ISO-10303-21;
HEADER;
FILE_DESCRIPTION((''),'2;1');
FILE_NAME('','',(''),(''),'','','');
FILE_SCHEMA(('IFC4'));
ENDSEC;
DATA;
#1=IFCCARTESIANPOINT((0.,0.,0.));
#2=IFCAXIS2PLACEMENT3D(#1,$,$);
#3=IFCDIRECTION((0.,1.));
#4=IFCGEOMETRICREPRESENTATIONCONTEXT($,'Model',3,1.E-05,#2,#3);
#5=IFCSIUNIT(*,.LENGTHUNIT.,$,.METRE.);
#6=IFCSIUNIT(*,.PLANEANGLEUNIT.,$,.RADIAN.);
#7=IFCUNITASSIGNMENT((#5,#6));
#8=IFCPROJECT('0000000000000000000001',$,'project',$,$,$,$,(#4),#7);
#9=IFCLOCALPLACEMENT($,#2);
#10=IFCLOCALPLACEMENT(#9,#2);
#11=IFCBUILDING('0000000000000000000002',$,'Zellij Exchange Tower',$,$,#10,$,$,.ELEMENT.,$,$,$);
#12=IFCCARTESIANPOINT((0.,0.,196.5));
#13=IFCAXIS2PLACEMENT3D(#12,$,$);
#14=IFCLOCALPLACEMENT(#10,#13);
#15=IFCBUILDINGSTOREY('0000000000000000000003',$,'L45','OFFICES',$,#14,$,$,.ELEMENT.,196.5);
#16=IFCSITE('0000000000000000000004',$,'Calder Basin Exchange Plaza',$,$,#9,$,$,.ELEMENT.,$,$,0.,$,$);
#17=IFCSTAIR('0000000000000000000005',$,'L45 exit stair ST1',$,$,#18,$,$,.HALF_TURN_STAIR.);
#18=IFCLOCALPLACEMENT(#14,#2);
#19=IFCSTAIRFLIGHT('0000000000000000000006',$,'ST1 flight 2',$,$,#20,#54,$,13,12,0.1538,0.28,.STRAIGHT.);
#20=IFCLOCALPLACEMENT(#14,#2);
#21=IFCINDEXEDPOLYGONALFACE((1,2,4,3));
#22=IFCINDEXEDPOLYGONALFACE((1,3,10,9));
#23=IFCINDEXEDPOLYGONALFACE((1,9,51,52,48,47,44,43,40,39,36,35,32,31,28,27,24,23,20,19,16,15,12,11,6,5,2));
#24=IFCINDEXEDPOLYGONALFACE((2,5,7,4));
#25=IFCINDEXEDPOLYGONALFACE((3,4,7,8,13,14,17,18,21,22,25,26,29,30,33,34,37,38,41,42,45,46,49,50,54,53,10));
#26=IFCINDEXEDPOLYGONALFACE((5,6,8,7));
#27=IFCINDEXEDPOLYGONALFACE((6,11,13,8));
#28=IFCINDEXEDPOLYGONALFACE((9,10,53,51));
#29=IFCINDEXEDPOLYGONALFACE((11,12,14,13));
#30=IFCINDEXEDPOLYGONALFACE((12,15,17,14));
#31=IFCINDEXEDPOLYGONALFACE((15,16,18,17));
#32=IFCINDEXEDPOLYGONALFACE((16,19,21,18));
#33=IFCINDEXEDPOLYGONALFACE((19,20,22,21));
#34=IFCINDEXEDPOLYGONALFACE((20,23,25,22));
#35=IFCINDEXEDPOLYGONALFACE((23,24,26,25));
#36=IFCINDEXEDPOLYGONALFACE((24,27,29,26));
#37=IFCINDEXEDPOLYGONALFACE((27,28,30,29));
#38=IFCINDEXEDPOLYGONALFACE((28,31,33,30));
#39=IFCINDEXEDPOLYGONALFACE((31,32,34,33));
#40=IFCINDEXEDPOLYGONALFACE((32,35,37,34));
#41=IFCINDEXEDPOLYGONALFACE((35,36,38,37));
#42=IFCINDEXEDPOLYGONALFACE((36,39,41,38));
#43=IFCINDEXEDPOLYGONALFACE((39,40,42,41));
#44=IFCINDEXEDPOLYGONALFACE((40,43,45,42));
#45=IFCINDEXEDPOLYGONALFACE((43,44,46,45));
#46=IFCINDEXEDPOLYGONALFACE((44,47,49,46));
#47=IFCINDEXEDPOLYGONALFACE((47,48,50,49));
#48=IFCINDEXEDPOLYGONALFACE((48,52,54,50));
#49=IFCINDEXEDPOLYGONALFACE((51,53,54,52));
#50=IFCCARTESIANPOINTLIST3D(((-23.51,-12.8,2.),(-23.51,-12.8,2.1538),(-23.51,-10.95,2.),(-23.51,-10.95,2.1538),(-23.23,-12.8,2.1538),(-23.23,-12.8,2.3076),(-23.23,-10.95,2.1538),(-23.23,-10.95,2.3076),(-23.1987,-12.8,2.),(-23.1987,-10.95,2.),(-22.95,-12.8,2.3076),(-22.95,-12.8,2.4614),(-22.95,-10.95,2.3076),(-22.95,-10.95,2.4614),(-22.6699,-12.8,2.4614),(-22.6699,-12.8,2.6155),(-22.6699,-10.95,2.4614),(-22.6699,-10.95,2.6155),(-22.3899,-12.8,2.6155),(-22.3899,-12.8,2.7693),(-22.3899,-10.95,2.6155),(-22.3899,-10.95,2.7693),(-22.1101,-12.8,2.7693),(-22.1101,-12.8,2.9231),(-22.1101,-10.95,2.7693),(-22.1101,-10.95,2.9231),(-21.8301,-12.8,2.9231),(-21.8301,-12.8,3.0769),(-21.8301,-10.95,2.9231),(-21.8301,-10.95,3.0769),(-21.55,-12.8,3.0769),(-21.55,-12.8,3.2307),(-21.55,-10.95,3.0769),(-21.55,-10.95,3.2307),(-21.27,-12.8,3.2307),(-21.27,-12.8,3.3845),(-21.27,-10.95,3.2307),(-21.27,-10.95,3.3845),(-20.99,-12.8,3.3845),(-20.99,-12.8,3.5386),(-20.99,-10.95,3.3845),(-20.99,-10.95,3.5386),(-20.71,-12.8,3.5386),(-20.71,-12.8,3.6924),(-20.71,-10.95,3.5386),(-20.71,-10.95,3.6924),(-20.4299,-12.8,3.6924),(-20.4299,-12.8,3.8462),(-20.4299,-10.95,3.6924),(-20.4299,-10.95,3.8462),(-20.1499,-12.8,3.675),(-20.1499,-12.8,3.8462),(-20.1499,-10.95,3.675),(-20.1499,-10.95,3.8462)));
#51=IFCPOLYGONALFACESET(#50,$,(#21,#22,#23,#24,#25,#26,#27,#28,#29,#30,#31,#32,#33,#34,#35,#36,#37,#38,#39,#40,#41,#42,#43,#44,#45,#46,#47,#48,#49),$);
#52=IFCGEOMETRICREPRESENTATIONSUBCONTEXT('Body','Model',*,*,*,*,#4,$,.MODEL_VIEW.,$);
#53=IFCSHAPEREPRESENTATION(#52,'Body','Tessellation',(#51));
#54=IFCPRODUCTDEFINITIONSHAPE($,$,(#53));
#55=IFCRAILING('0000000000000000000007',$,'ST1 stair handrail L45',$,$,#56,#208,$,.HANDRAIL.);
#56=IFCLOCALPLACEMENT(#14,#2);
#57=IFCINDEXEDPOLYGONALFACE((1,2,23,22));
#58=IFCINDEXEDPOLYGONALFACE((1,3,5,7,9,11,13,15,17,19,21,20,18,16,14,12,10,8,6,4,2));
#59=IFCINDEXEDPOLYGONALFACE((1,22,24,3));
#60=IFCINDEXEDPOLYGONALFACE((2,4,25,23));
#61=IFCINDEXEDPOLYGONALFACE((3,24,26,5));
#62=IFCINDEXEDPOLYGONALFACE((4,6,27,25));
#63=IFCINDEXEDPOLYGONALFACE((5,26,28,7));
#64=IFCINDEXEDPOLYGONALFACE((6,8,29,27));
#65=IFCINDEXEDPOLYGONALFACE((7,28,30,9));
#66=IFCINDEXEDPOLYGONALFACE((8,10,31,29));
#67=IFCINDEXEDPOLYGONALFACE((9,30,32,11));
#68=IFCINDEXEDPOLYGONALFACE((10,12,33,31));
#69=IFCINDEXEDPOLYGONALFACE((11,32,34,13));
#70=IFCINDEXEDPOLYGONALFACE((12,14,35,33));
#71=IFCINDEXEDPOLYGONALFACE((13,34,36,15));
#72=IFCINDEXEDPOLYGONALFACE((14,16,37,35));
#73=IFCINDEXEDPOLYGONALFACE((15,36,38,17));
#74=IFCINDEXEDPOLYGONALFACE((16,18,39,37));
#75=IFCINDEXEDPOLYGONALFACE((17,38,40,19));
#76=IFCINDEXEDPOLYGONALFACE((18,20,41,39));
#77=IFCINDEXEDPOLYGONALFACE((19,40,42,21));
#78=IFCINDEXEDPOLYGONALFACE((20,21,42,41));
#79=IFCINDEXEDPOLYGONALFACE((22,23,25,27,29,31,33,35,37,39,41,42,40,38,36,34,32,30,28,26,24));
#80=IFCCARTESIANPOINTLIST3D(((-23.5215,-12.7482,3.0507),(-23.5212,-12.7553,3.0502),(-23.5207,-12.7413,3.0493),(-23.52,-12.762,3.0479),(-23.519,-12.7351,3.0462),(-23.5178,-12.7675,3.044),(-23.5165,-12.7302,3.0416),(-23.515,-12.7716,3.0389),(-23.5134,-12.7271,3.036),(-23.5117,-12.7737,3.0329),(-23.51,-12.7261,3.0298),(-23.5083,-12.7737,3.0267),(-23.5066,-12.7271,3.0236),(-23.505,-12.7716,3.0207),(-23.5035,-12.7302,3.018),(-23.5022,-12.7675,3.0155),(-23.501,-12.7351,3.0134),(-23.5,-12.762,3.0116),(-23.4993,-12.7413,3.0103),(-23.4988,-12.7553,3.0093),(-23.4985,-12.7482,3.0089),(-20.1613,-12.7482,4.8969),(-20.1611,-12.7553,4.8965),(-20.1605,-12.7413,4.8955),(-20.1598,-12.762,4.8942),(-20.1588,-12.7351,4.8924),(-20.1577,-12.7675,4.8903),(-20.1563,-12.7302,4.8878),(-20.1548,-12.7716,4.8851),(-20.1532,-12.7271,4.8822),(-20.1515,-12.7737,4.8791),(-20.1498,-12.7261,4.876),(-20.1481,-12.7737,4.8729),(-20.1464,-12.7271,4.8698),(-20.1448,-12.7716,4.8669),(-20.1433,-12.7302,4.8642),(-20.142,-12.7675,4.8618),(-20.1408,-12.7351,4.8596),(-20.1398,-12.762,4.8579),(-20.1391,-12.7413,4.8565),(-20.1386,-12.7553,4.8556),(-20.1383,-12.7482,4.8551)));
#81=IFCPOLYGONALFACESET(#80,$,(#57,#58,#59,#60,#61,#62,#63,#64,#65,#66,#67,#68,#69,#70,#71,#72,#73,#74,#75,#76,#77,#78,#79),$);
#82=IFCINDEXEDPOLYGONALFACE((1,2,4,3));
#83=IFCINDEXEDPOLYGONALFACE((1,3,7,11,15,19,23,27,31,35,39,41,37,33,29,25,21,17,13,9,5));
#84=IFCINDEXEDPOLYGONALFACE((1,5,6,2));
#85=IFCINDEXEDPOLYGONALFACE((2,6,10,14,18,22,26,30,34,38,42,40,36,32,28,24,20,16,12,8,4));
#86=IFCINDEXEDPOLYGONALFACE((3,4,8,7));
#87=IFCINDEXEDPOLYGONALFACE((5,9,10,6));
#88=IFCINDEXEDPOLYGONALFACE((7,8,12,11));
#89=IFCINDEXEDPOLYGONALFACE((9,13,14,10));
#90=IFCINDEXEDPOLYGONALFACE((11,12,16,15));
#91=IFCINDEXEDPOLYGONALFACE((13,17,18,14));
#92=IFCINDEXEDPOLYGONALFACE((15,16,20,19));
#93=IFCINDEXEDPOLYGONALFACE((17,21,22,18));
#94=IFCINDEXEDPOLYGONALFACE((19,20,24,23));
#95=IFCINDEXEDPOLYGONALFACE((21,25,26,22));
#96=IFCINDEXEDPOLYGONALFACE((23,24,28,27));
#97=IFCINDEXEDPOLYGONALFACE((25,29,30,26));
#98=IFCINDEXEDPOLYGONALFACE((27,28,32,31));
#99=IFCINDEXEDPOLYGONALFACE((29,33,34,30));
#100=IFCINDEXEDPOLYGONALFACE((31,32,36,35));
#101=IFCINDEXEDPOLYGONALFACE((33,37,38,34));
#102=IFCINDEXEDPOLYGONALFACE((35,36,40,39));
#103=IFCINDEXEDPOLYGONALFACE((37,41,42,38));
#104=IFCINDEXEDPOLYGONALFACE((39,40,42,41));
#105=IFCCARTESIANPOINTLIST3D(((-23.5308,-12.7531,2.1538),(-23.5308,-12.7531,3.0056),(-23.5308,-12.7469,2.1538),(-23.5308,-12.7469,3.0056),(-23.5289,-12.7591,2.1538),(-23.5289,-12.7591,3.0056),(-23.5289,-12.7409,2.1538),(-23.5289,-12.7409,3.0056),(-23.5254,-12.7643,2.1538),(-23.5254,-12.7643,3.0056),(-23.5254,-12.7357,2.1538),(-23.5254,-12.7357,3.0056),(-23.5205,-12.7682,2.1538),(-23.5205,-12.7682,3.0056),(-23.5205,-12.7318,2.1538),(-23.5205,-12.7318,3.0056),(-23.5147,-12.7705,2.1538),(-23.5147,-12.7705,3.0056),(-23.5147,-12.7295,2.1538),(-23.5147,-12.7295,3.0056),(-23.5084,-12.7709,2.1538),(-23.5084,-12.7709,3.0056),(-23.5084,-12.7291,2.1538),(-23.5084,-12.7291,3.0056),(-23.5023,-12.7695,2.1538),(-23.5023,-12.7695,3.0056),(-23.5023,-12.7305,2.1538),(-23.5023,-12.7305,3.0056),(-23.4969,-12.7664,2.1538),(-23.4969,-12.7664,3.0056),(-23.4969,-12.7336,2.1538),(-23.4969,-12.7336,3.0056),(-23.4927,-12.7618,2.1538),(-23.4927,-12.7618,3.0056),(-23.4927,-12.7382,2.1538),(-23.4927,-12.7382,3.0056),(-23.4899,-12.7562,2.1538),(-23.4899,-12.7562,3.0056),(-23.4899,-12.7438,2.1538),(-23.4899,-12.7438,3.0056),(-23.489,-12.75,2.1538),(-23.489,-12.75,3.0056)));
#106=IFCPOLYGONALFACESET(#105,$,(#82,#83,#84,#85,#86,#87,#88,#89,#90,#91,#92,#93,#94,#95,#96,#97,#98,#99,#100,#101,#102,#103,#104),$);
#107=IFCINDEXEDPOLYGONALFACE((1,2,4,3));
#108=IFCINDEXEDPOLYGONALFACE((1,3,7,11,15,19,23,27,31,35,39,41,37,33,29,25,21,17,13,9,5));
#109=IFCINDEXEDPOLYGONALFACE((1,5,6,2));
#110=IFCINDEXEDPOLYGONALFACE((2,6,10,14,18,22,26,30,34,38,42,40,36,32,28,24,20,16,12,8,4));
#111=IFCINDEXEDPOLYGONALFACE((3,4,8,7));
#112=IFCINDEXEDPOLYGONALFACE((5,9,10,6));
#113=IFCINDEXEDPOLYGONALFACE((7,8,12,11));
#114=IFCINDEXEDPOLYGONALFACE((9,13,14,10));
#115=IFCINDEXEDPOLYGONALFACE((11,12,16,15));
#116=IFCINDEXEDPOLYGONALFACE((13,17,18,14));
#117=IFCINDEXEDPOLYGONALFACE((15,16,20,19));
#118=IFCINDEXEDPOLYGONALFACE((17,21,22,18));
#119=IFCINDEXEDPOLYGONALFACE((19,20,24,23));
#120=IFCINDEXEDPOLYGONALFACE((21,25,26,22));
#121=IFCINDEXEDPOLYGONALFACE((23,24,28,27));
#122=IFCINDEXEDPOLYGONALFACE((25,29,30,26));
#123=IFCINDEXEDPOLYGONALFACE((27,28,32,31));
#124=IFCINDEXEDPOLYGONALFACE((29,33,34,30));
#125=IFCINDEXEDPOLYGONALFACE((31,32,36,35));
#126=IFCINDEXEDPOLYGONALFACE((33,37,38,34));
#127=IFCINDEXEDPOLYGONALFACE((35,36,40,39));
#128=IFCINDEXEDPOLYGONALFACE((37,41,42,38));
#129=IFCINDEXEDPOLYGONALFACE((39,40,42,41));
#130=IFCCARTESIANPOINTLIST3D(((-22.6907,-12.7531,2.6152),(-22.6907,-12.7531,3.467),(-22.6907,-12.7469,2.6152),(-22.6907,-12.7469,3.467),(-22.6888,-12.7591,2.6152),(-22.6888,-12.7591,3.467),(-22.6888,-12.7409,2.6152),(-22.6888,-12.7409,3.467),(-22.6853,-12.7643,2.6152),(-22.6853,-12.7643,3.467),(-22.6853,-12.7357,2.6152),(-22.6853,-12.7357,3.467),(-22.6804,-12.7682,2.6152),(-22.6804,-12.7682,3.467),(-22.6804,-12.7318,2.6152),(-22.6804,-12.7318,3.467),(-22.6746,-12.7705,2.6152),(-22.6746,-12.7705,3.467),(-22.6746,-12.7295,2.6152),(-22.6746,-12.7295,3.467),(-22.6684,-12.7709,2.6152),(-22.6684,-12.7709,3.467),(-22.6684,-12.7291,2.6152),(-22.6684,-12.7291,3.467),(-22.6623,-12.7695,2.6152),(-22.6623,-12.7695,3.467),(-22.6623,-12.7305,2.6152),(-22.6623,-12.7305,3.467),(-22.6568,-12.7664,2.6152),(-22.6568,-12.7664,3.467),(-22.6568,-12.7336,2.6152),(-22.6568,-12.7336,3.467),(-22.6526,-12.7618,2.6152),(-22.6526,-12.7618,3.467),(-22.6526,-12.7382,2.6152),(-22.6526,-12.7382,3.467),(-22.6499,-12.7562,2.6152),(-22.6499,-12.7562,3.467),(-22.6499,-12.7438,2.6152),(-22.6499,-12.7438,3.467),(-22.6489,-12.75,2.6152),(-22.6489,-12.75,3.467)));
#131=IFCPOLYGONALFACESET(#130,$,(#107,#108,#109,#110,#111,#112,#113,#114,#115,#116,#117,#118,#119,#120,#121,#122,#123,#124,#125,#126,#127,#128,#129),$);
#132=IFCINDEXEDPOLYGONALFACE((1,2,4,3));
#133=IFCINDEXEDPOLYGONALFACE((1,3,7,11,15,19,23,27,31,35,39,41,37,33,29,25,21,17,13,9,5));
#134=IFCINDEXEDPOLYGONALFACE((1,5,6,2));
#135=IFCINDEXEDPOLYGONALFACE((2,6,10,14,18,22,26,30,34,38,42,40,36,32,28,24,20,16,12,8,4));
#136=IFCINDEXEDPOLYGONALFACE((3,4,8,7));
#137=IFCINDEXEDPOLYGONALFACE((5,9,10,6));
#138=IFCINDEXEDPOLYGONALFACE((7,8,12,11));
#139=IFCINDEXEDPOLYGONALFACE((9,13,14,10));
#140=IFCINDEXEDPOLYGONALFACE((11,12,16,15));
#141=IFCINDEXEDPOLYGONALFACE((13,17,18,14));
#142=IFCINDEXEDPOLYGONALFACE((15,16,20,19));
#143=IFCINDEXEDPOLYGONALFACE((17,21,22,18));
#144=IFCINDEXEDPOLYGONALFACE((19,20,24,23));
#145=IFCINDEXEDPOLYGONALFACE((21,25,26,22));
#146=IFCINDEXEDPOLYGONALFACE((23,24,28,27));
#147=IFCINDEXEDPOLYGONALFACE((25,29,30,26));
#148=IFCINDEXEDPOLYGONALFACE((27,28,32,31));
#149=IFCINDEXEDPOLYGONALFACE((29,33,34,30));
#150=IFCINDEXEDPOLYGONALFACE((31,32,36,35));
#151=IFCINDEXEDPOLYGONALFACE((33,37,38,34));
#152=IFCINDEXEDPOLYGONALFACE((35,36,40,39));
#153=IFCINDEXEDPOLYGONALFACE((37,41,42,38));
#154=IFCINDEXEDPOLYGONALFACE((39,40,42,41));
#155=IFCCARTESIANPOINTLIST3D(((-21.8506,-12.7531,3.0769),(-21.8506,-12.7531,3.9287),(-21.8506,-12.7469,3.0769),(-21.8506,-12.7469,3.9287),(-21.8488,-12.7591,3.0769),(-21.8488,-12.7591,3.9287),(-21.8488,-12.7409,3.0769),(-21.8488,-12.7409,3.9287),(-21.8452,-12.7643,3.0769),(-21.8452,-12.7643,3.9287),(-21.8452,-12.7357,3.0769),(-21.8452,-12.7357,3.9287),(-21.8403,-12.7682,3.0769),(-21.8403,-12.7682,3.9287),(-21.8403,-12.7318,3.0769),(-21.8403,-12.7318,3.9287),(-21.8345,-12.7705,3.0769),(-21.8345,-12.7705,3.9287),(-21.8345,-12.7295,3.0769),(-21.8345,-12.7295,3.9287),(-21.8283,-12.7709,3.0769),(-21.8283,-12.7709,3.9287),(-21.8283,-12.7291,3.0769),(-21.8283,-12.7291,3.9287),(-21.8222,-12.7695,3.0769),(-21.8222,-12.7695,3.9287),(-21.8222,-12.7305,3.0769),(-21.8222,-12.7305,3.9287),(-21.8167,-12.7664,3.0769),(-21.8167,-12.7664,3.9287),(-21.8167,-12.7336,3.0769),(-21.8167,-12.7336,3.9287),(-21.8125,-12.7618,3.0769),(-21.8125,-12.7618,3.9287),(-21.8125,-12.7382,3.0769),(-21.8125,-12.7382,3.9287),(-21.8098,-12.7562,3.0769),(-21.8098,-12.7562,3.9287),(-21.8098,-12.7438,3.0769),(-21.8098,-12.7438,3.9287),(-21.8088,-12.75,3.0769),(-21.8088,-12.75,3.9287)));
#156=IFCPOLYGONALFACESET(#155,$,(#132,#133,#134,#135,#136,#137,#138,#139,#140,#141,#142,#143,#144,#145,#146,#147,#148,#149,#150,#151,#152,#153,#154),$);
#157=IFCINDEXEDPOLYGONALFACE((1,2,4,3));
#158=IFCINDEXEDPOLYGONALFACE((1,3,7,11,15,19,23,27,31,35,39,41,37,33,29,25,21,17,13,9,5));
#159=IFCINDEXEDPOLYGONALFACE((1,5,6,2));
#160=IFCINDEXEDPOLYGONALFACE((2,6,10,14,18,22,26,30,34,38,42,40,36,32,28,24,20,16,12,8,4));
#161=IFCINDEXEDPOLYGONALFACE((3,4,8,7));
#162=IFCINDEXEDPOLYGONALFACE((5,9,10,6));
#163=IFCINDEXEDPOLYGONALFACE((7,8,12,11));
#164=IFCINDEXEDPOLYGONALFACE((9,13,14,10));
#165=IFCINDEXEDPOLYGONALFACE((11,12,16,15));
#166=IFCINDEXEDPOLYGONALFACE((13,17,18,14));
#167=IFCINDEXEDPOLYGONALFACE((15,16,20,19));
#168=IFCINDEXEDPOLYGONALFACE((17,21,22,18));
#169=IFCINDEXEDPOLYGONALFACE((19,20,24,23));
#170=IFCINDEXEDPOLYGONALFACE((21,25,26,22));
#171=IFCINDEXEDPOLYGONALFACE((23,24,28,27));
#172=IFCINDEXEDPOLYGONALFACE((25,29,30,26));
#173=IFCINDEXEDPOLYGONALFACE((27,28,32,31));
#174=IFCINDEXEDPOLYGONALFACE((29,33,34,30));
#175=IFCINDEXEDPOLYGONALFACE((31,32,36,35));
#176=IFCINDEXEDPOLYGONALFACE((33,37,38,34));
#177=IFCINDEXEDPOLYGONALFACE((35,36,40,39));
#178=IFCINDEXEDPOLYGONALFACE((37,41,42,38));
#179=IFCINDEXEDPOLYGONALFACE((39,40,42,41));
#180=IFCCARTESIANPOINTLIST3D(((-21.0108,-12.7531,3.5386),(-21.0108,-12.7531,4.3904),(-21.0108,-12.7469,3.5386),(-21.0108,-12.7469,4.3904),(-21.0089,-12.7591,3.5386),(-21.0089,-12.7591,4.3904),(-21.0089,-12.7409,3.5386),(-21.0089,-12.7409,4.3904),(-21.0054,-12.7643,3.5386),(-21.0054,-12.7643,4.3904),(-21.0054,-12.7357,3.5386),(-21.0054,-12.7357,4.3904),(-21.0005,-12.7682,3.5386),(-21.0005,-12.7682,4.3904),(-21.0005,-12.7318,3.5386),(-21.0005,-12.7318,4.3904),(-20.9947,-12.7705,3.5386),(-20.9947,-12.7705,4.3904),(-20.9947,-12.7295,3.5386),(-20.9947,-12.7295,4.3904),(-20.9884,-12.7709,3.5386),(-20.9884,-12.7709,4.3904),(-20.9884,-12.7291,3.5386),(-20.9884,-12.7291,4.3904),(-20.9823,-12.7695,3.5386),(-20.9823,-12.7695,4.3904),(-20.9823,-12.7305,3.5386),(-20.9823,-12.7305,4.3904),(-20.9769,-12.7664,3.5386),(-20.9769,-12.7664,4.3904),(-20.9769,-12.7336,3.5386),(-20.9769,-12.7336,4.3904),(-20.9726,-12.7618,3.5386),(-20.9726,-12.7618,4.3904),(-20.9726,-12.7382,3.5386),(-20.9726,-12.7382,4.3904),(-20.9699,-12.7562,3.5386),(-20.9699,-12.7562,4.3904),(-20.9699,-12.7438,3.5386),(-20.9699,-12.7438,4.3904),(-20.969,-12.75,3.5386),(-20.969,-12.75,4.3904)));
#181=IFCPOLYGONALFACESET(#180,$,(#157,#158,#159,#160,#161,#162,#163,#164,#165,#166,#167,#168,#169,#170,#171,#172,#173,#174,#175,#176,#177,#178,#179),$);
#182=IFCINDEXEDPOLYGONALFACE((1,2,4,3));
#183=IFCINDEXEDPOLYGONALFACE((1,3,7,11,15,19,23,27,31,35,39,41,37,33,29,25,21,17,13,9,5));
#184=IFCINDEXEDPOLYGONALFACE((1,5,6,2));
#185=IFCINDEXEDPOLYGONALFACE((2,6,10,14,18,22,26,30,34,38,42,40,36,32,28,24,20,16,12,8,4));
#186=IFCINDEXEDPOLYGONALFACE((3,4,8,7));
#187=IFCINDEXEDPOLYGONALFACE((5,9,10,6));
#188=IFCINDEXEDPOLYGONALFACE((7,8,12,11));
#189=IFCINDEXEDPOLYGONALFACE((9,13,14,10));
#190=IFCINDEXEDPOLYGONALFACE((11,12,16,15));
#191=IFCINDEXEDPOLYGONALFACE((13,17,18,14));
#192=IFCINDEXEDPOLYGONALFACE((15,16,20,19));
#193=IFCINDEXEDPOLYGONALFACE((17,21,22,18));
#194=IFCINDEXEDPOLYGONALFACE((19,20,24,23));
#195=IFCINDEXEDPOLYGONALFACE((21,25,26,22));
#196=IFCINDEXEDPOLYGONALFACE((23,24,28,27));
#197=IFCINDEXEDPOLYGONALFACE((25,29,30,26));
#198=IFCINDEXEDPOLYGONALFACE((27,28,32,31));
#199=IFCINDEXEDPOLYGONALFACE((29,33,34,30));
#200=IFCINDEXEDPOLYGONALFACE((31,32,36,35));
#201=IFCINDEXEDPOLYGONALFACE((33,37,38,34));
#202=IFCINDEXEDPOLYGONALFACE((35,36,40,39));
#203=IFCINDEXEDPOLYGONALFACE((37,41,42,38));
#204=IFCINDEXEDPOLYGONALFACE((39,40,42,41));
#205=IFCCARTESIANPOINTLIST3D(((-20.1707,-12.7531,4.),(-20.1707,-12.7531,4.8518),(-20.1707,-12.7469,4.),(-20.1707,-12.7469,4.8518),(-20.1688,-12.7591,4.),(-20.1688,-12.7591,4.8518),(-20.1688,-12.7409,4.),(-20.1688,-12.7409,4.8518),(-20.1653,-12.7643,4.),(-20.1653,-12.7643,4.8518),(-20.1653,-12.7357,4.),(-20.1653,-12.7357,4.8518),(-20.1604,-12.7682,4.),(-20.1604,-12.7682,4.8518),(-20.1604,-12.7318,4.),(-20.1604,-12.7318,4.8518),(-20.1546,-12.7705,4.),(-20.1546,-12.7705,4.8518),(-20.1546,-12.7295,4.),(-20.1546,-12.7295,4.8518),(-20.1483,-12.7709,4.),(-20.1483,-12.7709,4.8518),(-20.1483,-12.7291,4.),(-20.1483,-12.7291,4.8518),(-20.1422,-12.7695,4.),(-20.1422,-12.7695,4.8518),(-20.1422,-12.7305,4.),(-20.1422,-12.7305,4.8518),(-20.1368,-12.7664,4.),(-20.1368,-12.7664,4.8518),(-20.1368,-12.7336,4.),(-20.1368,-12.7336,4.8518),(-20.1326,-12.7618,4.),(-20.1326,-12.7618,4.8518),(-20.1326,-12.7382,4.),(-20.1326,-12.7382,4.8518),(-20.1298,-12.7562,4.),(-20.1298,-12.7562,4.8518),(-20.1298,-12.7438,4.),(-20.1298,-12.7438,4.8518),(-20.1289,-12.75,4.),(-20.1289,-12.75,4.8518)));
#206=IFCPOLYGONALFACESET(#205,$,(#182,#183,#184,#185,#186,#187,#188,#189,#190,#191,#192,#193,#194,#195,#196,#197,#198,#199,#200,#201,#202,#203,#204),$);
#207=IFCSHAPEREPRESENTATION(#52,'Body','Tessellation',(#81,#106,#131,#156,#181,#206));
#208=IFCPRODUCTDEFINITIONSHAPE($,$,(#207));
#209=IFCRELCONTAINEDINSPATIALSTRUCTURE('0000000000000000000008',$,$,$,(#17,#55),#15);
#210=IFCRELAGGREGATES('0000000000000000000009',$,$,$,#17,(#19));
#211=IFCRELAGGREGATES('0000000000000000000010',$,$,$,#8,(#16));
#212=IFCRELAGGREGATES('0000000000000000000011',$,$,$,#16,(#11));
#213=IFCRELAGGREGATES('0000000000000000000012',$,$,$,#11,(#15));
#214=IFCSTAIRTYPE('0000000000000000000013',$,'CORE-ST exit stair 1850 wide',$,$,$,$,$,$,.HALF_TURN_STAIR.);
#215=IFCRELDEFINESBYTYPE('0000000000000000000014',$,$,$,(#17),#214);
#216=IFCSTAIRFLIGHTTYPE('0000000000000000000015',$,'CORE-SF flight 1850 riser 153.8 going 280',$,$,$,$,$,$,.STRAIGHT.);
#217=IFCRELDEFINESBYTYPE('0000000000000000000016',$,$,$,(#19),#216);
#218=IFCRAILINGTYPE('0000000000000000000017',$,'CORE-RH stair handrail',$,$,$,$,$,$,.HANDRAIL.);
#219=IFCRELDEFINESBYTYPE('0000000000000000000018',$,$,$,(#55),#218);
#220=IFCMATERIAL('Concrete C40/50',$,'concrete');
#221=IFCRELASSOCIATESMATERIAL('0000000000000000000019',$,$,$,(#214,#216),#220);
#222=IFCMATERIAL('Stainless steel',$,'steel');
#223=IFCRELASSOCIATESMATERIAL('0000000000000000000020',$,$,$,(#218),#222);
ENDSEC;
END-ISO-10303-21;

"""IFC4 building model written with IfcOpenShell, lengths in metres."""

from ifc_helpers import new_model, si_unit, direction, frame, origin, origin_2d, place, context, subcontext, project, spatial, polyline, circle, outline, extrude, material, type_object, element, aggregate, save


model = new_model("IFC4")

# Units and contexts
model_context = context("Model", 3, precision=1e-05, world=origin(), true_north=direction((0.0, 1.0)))
body_context = subcontext(model_context, "Body", "Model", "MODEL_VIEW")
ifc_project = project(units=[si_unit("LENGTHUNIT", "METRE"), si_unit("PLANEANGLEUNIT", "RADIAN")], contexts=[model_context])

# Site, building, storey
site_placement = place(None, origin())
site = spatial("IfcSite", under=ifc_project, at=site_placement, Name="Calder Basin Exchange Plaza", CompositionType="ELEMENT", RefElevation=0.0)
building_placement = place(site_placement, origin())
building = spatial("IfcBuilding", under=site, at=building_placement, Name="Zellij Exchange Tower", CompositionType="ELEMENT")
storey_placement = place(building_placement, frame((0.0, 0.0, 196.5)))
storey = spatial("IfcBuildingStorey", under=building, at=storey_placement, Name="L45", Description="OFFICES", CompositionType="ELEMENT", Elevation=196.5)

# Stair, stair flight
ifc_material_1 = material(Name="Concrete C40/50", Category="concrete")
stair_type = type_object("IfcStairType", Name="CORE-ST exit stair 1850 wide", PredefinedType="HALF_TURN_STAIR", material=ifc_material_1)
stair_placement = place(storey_placement, origin())
stair = element("IfcStair", 1, at=stair_placement, inside=storey, type_object=stair_type, Name="L45 exit stair ST1", PredefinedType="HALF_TURN_STAIR")
stair_flight_type = type_object("IfcStairFlightType", Name="CORE-SF flight 1850 riser 153.8 going 280", PredefinedType="STRAIGHT", material=ifc_material_1)
stair_flight_1_placement = place(storey_placement, frame((-23.51, -11.875, 2.0), z_axis=(0.0, 0.0, 1.0), x_axis=(1.0, 0.0, 0.0)))
stair_flight_1 = element("IfcStairFlight", 2, at=stair_flight_1_placement, type_object=stair_flight_type, Name="ST1 flight 2", NumberOfRisers=13, NumberOfTreads=12, PredefinedType="STRAIGHT", RiserHeight=0.1538, TreadLength=0.28, context=body_context, shape_type="SweptSolid", body=[
    extrude(outline(polyline([(0.0, 0.0), (0.0, 0.1538), (0.28, 0.1538), (0.28, 0.3076), (0.5601, 0.3076), (0.5601, 0.4614), (0.8401, 0.4614), (0.8401, 0.6155), (1.1201, 0.6155), (1.1201, 0.7693), (1.3999, 0.7693), (1.3999, 0.9231), (1.6799, 0.9231), (1.6799, 1.0769), (1.96, 1.0769), (1.96, 1.2307), (2.24, 1.2307), (2.24, 1.3845), (2.52, 1.3845), (2.52, 1.5386), (2.8, 1.5386), (2.8, 1.6924), (3.0801, 1.6924), (3.0801, 1.8462), (3.3601, 1.8462), (3.3601, 2.0), (3.3601, 1.675), (0.3113, 0.0), (0.0, 0.0)])), frame((0.0, 0.925, 0.0), z_axis=(0.0, -1.0, 0.0), x_axis=(1.0, 0.0, 0.0)), (0.0, 0.0, 1.0), 1.8501),
])
aggregate(stair, [stair_flight_1])

# Railing
ifc_material_2 = material(Name="Stainless steel", Category="steel")
railing_type_1 = type_object("IfcRailingType", Name="CORE-RH stair handrail", PredefinedType="HANDRAIL", material=ifc_material_2)
railing_1_placement = place(storey_placement, frame((-23.51, -12.75, 2.1538)))
element("IfcRailing", 3, at=railing_1_placement, inside=storey, type_object=railing_type_1, Name="ST1 stair handrail L45", PredefinedType="HANDRAIL", context=body_context, shape_type="SweptSolid", body=[
    extrude(circle(Radius=0.0239, at=origin_2d()), frame((0.0, 0.0, 0.876), z_axis=(0.876422, 0.0, 0.481545), x_axis=(0.0, 1.0, 0.0)), (0.0, 0.0, 1.0), 3.834),
    extrude(circle(Radius=0.021, at=origin_2d()), origin(), (0.0, 0.0, 1.0), 0.8518),
    extrude(circle(Radius=0.021, at=origin_2d()), frame((0.8401, 0.0, 0.4614)), (0.0, 0.0, 1.0), 0.8518),
    extrude(circle(Radius=0.021, at=origin_2d()), frame((1.6802, 0.0, 0.9231)), (0.0, 0.0, 1.0), 0.8518),
    extrude(circle(Radius=0.021, at=origin_2d()), frame((2.52, 0.0, 1.3848)), (0.0, 0.0, 1.0), 0.8518),
    extrude(circle(Radius=0.021, at=origin_2d()), frame((3.3601, 0.0, 1.8462)), (0.0, 0.0, 1.0), 0.8518),
])

save(model, "model.ifc")
